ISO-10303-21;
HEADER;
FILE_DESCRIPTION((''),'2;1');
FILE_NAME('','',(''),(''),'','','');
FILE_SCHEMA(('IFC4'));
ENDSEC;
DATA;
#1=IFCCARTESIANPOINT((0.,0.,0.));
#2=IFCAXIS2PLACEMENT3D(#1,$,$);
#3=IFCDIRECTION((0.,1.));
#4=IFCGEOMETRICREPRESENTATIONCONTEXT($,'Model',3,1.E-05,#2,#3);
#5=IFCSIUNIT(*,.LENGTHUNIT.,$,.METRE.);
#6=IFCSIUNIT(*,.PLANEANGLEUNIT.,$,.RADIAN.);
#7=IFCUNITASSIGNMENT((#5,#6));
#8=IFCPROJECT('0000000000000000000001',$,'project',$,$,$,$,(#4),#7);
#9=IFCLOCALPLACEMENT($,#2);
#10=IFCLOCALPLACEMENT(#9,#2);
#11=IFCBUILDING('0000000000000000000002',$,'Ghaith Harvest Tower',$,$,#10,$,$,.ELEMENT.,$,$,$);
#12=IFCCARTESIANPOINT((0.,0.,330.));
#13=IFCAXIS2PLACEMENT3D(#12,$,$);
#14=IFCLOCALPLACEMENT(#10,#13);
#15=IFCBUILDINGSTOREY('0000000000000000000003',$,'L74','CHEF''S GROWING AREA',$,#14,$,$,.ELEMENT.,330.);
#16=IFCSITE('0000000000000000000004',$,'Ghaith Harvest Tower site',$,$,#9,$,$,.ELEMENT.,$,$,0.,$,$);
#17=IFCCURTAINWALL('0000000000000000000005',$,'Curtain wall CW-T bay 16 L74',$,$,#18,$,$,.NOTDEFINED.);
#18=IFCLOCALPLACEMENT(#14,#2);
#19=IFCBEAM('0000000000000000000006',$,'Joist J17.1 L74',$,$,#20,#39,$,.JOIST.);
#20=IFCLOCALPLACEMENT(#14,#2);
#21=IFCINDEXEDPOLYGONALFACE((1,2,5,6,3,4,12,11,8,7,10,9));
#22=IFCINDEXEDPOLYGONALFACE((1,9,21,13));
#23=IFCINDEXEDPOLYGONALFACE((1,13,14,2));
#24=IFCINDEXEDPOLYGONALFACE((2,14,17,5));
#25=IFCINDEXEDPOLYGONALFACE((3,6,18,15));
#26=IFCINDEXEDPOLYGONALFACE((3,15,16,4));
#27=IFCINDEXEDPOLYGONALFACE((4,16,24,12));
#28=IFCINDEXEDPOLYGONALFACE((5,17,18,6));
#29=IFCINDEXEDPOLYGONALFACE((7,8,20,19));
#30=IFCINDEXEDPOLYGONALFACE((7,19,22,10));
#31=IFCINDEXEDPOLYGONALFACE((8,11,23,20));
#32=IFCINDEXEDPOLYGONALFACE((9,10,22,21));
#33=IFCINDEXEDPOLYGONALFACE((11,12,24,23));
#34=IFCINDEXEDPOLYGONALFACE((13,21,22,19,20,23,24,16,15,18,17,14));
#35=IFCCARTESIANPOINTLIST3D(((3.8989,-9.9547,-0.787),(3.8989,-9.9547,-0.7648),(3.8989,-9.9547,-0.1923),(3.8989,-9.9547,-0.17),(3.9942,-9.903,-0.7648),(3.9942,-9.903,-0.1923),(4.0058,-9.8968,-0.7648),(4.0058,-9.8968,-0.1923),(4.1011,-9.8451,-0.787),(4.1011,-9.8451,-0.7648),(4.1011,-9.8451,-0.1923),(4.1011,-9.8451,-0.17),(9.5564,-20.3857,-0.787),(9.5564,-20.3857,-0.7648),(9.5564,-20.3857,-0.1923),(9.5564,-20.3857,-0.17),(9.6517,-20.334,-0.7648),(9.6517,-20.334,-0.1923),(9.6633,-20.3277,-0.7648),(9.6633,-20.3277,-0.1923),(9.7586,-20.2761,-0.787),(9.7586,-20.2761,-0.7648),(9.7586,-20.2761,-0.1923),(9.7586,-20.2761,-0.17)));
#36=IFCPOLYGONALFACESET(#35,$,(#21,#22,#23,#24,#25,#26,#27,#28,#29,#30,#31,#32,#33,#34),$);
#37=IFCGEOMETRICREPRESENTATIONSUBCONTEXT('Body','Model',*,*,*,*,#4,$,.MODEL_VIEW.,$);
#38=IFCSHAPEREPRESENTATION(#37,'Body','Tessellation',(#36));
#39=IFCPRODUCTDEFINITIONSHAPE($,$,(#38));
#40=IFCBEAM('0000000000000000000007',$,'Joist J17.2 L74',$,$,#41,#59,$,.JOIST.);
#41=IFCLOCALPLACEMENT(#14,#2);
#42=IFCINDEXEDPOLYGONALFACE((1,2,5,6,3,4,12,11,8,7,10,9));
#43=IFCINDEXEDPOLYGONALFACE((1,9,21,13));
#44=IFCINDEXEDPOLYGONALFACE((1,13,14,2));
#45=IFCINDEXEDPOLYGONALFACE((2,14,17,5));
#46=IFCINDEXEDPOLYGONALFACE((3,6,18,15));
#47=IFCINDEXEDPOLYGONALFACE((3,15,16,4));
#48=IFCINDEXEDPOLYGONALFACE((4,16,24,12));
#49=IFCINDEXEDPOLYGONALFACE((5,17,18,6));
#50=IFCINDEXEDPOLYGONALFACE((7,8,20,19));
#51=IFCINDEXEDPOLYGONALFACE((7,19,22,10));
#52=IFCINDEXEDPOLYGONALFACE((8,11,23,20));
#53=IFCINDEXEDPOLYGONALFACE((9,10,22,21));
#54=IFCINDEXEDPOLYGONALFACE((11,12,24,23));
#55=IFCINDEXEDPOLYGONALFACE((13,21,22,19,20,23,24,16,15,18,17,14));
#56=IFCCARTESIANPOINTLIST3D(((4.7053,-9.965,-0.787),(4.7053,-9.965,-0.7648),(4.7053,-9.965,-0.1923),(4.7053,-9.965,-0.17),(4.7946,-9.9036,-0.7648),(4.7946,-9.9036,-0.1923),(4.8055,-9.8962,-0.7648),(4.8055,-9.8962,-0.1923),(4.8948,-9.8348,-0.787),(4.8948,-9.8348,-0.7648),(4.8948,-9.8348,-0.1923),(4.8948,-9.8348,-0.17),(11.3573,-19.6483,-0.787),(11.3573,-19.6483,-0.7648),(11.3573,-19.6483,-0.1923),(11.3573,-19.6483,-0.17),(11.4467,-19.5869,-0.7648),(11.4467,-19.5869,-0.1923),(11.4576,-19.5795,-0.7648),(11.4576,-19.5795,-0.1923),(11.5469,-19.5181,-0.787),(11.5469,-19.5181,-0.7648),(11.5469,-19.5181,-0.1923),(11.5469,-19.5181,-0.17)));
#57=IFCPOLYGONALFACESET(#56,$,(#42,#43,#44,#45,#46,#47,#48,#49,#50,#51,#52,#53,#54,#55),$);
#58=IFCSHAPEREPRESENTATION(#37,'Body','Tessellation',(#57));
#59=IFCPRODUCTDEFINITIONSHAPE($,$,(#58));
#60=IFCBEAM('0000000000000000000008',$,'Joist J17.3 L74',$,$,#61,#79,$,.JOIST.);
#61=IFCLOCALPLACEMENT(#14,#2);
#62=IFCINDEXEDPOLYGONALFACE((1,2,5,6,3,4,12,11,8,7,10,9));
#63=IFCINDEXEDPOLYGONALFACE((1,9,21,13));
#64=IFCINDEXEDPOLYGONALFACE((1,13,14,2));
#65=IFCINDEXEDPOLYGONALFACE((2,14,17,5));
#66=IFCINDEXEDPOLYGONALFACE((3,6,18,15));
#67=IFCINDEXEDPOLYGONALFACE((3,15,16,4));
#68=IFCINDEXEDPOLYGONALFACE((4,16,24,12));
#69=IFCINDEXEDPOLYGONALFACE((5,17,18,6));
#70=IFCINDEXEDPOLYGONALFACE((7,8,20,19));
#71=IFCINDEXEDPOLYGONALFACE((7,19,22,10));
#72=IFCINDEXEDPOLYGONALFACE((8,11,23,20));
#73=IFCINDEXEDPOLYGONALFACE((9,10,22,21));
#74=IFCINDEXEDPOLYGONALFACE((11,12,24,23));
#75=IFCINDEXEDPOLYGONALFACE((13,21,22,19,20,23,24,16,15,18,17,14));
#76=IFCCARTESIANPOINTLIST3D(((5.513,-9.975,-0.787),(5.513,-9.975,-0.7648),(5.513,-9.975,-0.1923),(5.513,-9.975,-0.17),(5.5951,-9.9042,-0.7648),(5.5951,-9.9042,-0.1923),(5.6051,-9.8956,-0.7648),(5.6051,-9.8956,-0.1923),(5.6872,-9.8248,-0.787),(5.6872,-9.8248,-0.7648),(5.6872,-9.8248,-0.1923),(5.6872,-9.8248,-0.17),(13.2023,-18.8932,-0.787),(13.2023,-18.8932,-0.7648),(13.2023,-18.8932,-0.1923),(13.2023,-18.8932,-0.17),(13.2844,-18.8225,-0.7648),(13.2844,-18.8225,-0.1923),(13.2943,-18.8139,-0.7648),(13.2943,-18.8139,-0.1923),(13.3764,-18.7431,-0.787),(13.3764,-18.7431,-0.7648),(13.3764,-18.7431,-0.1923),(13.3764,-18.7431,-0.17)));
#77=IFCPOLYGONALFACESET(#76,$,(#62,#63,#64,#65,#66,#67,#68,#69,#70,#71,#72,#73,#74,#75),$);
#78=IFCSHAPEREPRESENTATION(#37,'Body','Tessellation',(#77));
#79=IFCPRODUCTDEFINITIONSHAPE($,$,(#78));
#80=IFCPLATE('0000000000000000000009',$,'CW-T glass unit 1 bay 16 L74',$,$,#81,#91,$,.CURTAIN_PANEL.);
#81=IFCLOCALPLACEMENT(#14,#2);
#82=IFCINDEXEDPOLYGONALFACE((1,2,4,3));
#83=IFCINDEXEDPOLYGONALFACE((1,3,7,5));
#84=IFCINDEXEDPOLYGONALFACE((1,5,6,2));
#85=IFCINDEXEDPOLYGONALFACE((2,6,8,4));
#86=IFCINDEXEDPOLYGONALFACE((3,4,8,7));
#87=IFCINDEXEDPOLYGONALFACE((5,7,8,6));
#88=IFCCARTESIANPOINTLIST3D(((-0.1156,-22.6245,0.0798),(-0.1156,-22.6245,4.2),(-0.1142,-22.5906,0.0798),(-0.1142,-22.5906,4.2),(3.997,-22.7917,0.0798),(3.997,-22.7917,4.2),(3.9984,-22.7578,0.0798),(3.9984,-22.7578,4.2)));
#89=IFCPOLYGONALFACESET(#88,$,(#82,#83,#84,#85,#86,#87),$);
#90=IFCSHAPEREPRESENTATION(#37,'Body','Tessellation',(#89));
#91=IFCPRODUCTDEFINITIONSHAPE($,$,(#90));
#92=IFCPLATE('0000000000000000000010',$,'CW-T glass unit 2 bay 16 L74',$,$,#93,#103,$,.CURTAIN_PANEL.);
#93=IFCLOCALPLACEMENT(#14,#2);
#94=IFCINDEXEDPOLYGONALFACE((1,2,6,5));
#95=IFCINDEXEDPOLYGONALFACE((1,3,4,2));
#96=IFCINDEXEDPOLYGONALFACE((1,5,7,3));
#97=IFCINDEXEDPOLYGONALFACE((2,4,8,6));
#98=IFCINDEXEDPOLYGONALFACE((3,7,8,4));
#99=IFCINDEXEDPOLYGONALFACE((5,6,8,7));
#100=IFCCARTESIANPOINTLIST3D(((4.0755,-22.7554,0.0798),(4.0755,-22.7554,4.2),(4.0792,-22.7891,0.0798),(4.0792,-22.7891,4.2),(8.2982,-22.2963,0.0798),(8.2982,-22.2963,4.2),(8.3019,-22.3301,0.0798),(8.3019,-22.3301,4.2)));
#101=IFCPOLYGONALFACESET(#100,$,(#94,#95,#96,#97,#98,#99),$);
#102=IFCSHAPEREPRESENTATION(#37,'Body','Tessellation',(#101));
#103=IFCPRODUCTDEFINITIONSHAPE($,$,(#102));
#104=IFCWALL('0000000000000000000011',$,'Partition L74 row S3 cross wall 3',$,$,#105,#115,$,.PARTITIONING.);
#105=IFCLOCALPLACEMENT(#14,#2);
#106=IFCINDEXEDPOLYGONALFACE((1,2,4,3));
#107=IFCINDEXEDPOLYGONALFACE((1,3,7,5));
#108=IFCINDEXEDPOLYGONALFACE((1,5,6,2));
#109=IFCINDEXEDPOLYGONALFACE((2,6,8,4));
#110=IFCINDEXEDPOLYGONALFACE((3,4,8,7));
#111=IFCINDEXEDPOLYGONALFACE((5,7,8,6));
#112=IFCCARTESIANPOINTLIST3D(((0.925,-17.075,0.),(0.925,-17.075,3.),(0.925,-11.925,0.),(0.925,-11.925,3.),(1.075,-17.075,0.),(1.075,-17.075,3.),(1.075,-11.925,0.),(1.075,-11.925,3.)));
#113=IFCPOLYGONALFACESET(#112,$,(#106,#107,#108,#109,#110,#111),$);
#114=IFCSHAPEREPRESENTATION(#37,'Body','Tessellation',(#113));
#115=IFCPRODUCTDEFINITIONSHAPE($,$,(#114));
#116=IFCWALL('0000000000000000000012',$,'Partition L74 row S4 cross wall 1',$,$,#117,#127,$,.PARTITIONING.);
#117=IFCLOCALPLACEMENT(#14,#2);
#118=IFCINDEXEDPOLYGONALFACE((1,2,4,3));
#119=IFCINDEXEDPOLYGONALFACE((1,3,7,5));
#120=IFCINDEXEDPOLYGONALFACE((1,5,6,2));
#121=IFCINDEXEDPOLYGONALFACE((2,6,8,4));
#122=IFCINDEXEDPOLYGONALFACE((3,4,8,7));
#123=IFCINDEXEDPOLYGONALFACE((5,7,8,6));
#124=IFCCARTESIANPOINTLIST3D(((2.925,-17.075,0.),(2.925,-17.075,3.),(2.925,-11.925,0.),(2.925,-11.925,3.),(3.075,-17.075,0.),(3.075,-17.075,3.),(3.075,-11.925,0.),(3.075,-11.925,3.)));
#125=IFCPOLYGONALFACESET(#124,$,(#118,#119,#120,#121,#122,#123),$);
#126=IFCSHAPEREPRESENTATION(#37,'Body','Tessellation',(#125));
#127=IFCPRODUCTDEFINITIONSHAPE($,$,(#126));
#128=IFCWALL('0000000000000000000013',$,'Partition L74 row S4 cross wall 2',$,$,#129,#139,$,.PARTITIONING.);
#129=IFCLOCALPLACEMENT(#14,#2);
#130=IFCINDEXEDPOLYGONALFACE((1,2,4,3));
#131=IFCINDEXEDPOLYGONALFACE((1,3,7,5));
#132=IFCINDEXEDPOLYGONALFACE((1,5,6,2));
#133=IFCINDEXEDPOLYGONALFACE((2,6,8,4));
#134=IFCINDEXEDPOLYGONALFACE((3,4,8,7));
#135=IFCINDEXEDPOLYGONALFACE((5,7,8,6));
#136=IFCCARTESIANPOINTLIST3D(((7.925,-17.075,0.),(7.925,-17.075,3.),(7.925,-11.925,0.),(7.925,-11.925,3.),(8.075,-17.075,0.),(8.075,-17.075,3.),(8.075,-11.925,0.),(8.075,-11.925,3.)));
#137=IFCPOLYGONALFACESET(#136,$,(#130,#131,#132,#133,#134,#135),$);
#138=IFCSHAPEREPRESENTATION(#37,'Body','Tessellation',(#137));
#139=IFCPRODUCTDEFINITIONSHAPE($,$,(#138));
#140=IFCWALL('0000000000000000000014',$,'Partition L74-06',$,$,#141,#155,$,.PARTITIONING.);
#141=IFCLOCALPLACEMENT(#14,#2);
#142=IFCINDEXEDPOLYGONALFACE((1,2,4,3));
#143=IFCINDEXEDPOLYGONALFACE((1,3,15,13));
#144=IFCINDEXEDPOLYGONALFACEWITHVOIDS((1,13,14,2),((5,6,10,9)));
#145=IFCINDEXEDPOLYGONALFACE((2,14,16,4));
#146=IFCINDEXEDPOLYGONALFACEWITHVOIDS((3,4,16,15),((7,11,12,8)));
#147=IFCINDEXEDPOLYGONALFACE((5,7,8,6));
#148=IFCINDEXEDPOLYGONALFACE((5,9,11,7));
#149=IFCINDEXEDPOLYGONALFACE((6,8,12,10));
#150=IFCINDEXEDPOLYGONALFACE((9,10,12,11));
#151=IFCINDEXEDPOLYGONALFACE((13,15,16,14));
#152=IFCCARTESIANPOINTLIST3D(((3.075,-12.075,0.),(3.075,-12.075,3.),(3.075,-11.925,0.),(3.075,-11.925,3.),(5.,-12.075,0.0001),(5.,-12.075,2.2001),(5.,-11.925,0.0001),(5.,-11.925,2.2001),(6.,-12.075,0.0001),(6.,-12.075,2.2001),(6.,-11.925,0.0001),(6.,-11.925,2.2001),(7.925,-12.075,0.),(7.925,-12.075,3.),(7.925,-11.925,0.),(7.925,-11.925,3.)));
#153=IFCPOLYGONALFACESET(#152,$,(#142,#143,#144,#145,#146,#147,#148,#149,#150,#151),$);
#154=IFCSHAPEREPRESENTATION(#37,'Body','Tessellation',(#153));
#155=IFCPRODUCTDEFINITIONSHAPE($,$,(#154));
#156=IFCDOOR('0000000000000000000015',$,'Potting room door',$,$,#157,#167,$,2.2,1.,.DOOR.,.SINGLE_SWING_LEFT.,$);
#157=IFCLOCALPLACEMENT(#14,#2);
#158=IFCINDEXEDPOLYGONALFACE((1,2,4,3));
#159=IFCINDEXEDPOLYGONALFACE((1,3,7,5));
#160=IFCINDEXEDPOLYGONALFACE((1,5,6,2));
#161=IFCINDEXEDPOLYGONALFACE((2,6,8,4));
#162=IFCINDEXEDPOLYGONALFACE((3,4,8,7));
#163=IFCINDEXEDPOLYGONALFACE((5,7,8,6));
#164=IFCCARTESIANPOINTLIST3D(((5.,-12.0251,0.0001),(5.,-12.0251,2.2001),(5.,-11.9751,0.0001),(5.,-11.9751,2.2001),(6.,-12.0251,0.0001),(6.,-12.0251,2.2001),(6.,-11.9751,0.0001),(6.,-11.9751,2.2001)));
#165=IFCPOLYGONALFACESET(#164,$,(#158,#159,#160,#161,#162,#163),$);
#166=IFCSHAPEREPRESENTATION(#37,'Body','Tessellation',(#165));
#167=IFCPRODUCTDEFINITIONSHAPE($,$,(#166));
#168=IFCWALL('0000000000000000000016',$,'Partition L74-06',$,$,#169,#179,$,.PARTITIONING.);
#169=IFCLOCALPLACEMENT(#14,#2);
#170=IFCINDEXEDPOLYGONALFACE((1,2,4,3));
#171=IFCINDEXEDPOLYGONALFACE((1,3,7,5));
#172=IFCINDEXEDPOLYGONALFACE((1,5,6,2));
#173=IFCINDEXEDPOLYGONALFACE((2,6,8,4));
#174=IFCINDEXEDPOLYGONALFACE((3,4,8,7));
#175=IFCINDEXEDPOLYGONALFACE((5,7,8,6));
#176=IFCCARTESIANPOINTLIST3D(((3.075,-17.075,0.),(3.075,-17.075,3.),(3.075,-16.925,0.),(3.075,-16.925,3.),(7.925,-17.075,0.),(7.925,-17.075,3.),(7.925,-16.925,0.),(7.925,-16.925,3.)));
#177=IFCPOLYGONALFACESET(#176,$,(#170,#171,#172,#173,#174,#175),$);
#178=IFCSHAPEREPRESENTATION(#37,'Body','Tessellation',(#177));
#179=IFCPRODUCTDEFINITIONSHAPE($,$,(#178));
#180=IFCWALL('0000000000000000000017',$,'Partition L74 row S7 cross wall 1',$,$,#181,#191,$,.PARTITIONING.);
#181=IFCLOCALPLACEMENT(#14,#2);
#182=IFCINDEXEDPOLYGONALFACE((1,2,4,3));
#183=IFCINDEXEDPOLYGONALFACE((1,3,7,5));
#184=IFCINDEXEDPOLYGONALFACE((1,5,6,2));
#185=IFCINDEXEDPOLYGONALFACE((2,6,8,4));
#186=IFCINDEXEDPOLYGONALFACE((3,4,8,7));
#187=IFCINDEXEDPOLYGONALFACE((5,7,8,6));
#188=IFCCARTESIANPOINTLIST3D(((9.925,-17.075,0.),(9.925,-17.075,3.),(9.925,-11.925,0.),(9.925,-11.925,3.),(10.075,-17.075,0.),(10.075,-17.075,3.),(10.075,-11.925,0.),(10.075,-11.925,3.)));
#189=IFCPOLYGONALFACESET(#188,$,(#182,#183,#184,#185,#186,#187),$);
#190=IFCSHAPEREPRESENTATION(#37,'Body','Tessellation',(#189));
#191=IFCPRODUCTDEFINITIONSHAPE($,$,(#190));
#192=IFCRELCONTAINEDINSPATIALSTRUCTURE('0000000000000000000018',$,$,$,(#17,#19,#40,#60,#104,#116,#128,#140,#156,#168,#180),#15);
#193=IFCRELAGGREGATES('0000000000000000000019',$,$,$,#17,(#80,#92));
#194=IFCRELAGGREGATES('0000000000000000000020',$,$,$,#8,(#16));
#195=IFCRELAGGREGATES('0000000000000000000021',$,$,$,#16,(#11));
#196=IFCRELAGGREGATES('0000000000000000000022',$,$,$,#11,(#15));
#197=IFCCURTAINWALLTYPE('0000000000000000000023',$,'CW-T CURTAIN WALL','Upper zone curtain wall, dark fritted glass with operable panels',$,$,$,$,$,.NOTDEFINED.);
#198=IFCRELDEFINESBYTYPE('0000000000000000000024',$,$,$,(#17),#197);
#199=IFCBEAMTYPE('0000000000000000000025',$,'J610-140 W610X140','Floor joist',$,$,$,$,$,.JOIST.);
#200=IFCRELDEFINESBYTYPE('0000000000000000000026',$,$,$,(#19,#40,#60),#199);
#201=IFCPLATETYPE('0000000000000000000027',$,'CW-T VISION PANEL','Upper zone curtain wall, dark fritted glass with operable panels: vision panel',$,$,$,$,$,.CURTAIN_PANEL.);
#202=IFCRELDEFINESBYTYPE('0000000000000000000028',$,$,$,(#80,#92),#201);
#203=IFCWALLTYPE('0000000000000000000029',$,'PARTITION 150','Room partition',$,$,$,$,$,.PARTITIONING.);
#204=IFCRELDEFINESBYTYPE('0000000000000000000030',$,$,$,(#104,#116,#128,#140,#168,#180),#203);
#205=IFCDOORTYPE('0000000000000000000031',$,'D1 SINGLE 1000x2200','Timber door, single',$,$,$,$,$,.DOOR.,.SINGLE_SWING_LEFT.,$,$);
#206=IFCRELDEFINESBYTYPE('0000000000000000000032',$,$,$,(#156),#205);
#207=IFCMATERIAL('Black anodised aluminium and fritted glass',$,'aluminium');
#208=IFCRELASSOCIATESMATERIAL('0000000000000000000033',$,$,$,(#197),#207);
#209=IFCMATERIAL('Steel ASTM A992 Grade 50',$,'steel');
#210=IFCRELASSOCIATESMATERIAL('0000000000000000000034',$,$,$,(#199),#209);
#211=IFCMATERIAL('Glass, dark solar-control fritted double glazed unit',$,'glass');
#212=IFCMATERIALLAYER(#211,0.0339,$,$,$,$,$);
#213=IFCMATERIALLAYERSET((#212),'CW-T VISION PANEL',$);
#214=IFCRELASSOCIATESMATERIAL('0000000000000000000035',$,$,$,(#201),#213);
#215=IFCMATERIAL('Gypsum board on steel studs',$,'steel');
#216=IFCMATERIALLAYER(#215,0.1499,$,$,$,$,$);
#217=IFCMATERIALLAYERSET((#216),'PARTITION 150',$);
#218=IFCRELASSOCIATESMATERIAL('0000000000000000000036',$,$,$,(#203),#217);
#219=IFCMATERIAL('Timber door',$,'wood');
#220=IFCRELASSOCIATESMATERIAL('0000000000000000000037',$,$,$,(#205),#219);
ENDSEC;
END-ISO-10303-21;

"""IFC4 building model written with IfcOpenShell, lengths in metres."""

from ifc_helpers import new_model, si_unit, direction, frame, frame_2d, origin, origin_2d, place, context, subcontext, project, spatial, rectangle, i_section, extrude, material, layer, layer_set, material_profile, profile_set, type_object, element, fill, aggregate, save


model = new_model("IFC4")

# Units and contexts
model_context = context("Model", 3, precision=1e-05, world=origin(), true_north=direction((0.0, 1.0)))
body_context = subcontext(model_context, "Body", "Model", "MODEL_VIEW")
ifc_project = project(units=[si_unit("LENGTHUNIT", "METRE"), si_unit("PLANEANGLEUNIT", "RADIAN")], contexts=[model_context])

# Site, building, storey
site_placement = place(None, origin())
site = spatial("IfcSite", under=ifc_project, at=site_placement, Name="Ghaith Harvest Tower site", CompositionType="ELEMENT", RefElevation=0.0)
building_placement = place(site_placement, origin())
building = spatial("IfcBuilding", under=site, at=building_placement, Name="Ghaith Harvest Tower", CompositionType="ELEMENT")
storey_placement = place(building_placement, frame((0.0, 0.0, 330.0)))
storey = spatial("IfcBuildingStorey", under=building, at=storey_placement, Name="L74", Description="CHEF'S GROWING AREA", CompositionType="ELEMENT", Elevation=330.0)

# Curtain wall
ifc_material_1 = material(Name="Black anodised aluminium and fritted glass", Category="aluminium")
curtain_wall_type = type_object("IfcCurtainWallType", Name="CW-T CURTAIN WALL", Description="Upper zone curtain wall, dark fritted glass with operable panels", PredefinedType="NOTDEFINED", material=ifc_material_1)
curtain_wall_1_placement = place(storey_placement, origin())
curtain_wall_1 = element("IfcCurtainWall", 1, at=curtain_wall_1_placement, inside=storey, type_object=curtain_wall_type, Name="Curtain wall CW-T bay 16 L74", PredefinedType="NOTDEFINED")

# Beams
ifc_material_2 = material(Name="Steel ASTM A992 Grade 50", Category="steel")
ifc_material_profile_1 = material_profile(ifc_material_2, i_section(OverallWidth=0.23, OverallDepth=0.6169, WebThickness=0.0132, FlangeThickness=0.0222, at=origin_2d()), Name="W610X140")
ifc_profile_set_1 = profile_set([ifc_material_profile_1], Name="Steel ASTM A992 Grade 50")
beam_type_1 = type_object("IfcBeamType", Name="J610-140 W610X140", Description="Floor joist", PredefinedType="JOIST", material=ifc_profile_set_1)
beam_1_placement = place(storey_placement, frame((4.0, -9.8999, -0.4785), z_axis=(0.476765, -0.879031, 0.0), x_axis=(0.879031, 0.476765, 0.0)))
element("IfcBeam", 2, at=beam_1_placement, inside=storey, type_object=beam_type_1, Name="Joist J17.1 L74", PredefinedType="JOIST", context=body_context, shape_type="SweptSolid", body=[
    extrude(i_section(OverallWidth=0.23, OverallDepth=0.6169, WebThickness=0.0132, FlangeThickness=0.0222, at=origin_2d()), origin(), (0.0, 0.0, 1.0), 11.8665),
])
beam_2_placement = place(storey_placement, frame((4.8, -9.8999, -0.4785), z_axis=(0.566228, -0.824249, 0.0), x_axis=(0.824249, 0.566228, 0.0)))
element("IfcBeam", 3, at=beam_2_placement, inside=storey, type_object=beam_type_1, Name="Joist J17.2 L74", PredefinedType="JOIST", context=body_context, shape_type="SweptSolid", body=[
    extrude(i_section(OverallWidth=0.23, OverallDepth=0.6169, WebThickness=0.0132, FlangeThickness=0.0222, at=origin_2d()), origin(), (0.0, 0.0, 1.0), 11.748),
])
beam_3_placement = place(storey_placement, frame((5.6001, -9.8999, -0.4785), z_axis=(0.652993, -0.757364, 0.0), x_axis=(0.757364, 0.652993, 0.0)))
element("IfcBeam", 4, at=beam_3_placement, inside=storey, type_object=beam_type_1, Name="Joist J17.3 L74", PredefinedType="JOIST", context=body_context, shape_type="SweptSolid", body=[
    extrude(i_section(OverallWidth=0.23, OverallDepth=0.6169, WebThickness=0.0132, FlangeThickness=0.0222, at=origin_2d()), origin(), (0.0, 0.0, 1.0), 11.7754),
])

# Plates
ifc_material_3 = material(Name="Glass, dark solar-control fritted double glazed unit", Category="glass")
ifc_layer_1 = layer(ifc_material_3, 0.0339)
ifc_layer_set_1 = layer_set([ifc_layer_1], Name="CW-T VISION PANEL")
plate_type = type_object("IfcPlateType", Name="CW-T VISION PANEL", Description="Upper zone curtain wall, dark fritted glass with operable panels: vision panel", PredefinedType="CURTAIN_PANEL", material=ifc_layer_set_1)
plate_1_placement = place(storey_placement, frame((1.9414, -22.6912, 0.0798), z_axis=(0.0, 0.0, 1.0), x_axis=(0.999174, -0.040638, 0.0)))
plate_1 = element("IfcPlate", 5, at=plate_1_placement, type_object=plate_type, Name="CW-T glass unit 1 bay 16 L74", PredefinedType="CURTAIN_PANEL", context=body_context, shape_type="SweptSolid", body=[
    extrude(rectangle(XDim=4.116, YDim=0.0339, at=origin_2d()), origin(), (0.0, 0.0, 1.0), 4.1201),
])
plate_2_placement = place(storey_placement, frame((6.1887, -22.5427, 0.0798), z_axis=(0.0, 0.0, 1.0), x_axis=(0.994143, 0.108074, 0.0)))
plate_2 = element("IfcPlate", 6, at=plate_2_placement, type_object=plate_type, Name="CW-T glass unit 2 bay 16 L74", PredefinedType="CURTAIN_PANEL", context=body_context, shape_type="SweptSolid", body=[
    extrude(rectangle(XDim=4.2476, YDim=0.0339, at=origin_2d()), origin(), (0.0, 0.0, 1.0), 4.1201),
])
aggregate(curtain_wall_1, [plate_1, plate_2])

# Walls
ifc_material_4 = material(Name="Gypsum board on steel studs", Category="steel")
ifc_layer_2 = layer(ifc_material_4, 0.1499)
ifc_layer_set_2 = layer_set([ifc_layer_2], Name="PARTITION 150")
wall_type = type_object("IfcWallType", Name="PARTITION 150", Description="Room partition", PredefinedType="PARTITIONING", material=ifc_layer_set_2)
for number, where, z_axis, x_axis, name in (
    (7, (1.0, -11.925, 0.0), (0.0, 0.0, 1.0), (0.0, -1.0, 0.0), "Partition L74 row S3 cross wall 3"),
    (8, (3.0, -11.925, 0.0), (0.0, 0.0, 1.0), (0.0, -1.0, 0.0), "Partition L74 row S4 cross wall 1"),
    (9, (8.0, -11.925, 0.0), (0.0, 0.0, 1.0), (0.0, -1.0, 0.0), "Partition L74 row S4 cross wall 2"),
):
    element("IfcWall", number, at=place(storey_placement, frame(where, z_axis=z_axis, x_axis=x_axis)), inside=storey, type_object=wall_type, Name=name, PredefinedType="PARTITIONING", context=body_context, shape_type="SweptSolid", body=[
        extrude(rectangle(XDim=5.1499, YDim=0.1499, at=frame_2d((2.575, 0.0))), origin(), (0.0, 0.0, 1.0), 3.0),
    ])

# Wall, opening, door
wall_1_placement = place(storey_placement, frame((3.075, -12.0, 0.0), z_axis=(0.0, 0.0, 1.0), x_axis=(1.0, 0.0, 0.0)))
wall_1 = element("IfcWall", 10, at=wall_1_placement, inside=storey, type_object=wall_type, Name="Partition L74-06", PredefinedType="PARTITIONING", context=body_context, shape_type="SweptSolid", body=[
    extrude(rectangle(XDim=4.8501, YDim=0.1499, at=frame_2d((2.425, 0.0))), origin(), (0.0, 0.0, 1.0), 3.0),
])
opening_1_placement = place(wall_1_placement, frame((1.925, 0.0, 0.0)))
opening_1 = element("IfcOpeningElement", 11, at=opening_1_placement, cuts=wall_1, PredefinedType="OPENING", context=body_context, shape_type="SweptSolid", body=[
    extrude(rectangle(XDim=1.0, YDim=2.2, at=frame_2d((0.5, 1.1001))), frame((0.0, 0.085, 0.0), z_axis=(0.0, -1.0, 0.0), x_axis=(1.0, 0.0, 0.0)), (0.0, 0.0, 1.0), 0.1699),
])
ifc_material_5 = material(Name="Timber door", Category="wood")
door_type = type_object("IfcDoorType", Name="D1 SINGLE 1000x2200", Description="Timber door, single", OperationType="SINGLE_SWING_LEFT", PredefinedType="DOOR", material=ifc_material_5)
door_1_placement = place(opening_1_placement, origin())
door_1 = element("IfcDoor", 12, at=door_1_placement, inside=storey, type_object=door_type, Name="Potting room door", OperationType="SINGLE_SWING_LEFT", OverallHeight=2.2, OverallWidth=1.0, PredefinedType="DOOR", context=body_context, shape_type="SweptSolid", body=[
    extrude(rectangle(XDim=1.0, YDim=2.2, at=frame_2d((0.5, 1.1001))), frame((0.0, 0.0249, 0.0), z_axis=(0.0, -1.0, 0.0), x_axis=(1.0, 0.0, 0.0)), (0.0, 0.0, 1.0), 0.05),
])
fill(opening_1, door_1)

# Walls
wall_2_placement = place(storey_placement, frame((3.075, -17.0, 0.0), z_axis=(0.0, 0.0, 1.0), x_axis=(1.0, 0.0, 0.0)))
element("IfcWall", 13, at=wall_2_placement, inside=storey, type_object=wall_type, Name="Partition L74-06", PredefinedType="PARTITIONING", context=body_context, shape_type="SweptSolid", body=[
    extrude(rectangle(XDim=4.8501, YDim=0.1499, at=frame_2d((2.425, 0.0))), origin(), (0.0, 0.0, 1.0), 3.0),
])
wall_3_placement = place(storey_placement, frame((10.0, -11.925, 0.0), z_axis=(0.0, 0.0, 1.0), x_axis=(0.0, -1.0, 0.0)))
element("IfcWall", 14, at=wall_3_placement, inside=storey, type_object=wall_type, Name="Partition L74 row S7 cross wall 1", PredefinedType="PARTITIONING", context=body_context, shape_type="SweptSolid", body=[
    extrude(rectangle(XDim=5.1499, YDim=0.1499, at=frame_2d((2.575, 0.0))), origin(), (0.0, 0.0, 1.0), 3.0),
])

save(model, "model.ifc")
